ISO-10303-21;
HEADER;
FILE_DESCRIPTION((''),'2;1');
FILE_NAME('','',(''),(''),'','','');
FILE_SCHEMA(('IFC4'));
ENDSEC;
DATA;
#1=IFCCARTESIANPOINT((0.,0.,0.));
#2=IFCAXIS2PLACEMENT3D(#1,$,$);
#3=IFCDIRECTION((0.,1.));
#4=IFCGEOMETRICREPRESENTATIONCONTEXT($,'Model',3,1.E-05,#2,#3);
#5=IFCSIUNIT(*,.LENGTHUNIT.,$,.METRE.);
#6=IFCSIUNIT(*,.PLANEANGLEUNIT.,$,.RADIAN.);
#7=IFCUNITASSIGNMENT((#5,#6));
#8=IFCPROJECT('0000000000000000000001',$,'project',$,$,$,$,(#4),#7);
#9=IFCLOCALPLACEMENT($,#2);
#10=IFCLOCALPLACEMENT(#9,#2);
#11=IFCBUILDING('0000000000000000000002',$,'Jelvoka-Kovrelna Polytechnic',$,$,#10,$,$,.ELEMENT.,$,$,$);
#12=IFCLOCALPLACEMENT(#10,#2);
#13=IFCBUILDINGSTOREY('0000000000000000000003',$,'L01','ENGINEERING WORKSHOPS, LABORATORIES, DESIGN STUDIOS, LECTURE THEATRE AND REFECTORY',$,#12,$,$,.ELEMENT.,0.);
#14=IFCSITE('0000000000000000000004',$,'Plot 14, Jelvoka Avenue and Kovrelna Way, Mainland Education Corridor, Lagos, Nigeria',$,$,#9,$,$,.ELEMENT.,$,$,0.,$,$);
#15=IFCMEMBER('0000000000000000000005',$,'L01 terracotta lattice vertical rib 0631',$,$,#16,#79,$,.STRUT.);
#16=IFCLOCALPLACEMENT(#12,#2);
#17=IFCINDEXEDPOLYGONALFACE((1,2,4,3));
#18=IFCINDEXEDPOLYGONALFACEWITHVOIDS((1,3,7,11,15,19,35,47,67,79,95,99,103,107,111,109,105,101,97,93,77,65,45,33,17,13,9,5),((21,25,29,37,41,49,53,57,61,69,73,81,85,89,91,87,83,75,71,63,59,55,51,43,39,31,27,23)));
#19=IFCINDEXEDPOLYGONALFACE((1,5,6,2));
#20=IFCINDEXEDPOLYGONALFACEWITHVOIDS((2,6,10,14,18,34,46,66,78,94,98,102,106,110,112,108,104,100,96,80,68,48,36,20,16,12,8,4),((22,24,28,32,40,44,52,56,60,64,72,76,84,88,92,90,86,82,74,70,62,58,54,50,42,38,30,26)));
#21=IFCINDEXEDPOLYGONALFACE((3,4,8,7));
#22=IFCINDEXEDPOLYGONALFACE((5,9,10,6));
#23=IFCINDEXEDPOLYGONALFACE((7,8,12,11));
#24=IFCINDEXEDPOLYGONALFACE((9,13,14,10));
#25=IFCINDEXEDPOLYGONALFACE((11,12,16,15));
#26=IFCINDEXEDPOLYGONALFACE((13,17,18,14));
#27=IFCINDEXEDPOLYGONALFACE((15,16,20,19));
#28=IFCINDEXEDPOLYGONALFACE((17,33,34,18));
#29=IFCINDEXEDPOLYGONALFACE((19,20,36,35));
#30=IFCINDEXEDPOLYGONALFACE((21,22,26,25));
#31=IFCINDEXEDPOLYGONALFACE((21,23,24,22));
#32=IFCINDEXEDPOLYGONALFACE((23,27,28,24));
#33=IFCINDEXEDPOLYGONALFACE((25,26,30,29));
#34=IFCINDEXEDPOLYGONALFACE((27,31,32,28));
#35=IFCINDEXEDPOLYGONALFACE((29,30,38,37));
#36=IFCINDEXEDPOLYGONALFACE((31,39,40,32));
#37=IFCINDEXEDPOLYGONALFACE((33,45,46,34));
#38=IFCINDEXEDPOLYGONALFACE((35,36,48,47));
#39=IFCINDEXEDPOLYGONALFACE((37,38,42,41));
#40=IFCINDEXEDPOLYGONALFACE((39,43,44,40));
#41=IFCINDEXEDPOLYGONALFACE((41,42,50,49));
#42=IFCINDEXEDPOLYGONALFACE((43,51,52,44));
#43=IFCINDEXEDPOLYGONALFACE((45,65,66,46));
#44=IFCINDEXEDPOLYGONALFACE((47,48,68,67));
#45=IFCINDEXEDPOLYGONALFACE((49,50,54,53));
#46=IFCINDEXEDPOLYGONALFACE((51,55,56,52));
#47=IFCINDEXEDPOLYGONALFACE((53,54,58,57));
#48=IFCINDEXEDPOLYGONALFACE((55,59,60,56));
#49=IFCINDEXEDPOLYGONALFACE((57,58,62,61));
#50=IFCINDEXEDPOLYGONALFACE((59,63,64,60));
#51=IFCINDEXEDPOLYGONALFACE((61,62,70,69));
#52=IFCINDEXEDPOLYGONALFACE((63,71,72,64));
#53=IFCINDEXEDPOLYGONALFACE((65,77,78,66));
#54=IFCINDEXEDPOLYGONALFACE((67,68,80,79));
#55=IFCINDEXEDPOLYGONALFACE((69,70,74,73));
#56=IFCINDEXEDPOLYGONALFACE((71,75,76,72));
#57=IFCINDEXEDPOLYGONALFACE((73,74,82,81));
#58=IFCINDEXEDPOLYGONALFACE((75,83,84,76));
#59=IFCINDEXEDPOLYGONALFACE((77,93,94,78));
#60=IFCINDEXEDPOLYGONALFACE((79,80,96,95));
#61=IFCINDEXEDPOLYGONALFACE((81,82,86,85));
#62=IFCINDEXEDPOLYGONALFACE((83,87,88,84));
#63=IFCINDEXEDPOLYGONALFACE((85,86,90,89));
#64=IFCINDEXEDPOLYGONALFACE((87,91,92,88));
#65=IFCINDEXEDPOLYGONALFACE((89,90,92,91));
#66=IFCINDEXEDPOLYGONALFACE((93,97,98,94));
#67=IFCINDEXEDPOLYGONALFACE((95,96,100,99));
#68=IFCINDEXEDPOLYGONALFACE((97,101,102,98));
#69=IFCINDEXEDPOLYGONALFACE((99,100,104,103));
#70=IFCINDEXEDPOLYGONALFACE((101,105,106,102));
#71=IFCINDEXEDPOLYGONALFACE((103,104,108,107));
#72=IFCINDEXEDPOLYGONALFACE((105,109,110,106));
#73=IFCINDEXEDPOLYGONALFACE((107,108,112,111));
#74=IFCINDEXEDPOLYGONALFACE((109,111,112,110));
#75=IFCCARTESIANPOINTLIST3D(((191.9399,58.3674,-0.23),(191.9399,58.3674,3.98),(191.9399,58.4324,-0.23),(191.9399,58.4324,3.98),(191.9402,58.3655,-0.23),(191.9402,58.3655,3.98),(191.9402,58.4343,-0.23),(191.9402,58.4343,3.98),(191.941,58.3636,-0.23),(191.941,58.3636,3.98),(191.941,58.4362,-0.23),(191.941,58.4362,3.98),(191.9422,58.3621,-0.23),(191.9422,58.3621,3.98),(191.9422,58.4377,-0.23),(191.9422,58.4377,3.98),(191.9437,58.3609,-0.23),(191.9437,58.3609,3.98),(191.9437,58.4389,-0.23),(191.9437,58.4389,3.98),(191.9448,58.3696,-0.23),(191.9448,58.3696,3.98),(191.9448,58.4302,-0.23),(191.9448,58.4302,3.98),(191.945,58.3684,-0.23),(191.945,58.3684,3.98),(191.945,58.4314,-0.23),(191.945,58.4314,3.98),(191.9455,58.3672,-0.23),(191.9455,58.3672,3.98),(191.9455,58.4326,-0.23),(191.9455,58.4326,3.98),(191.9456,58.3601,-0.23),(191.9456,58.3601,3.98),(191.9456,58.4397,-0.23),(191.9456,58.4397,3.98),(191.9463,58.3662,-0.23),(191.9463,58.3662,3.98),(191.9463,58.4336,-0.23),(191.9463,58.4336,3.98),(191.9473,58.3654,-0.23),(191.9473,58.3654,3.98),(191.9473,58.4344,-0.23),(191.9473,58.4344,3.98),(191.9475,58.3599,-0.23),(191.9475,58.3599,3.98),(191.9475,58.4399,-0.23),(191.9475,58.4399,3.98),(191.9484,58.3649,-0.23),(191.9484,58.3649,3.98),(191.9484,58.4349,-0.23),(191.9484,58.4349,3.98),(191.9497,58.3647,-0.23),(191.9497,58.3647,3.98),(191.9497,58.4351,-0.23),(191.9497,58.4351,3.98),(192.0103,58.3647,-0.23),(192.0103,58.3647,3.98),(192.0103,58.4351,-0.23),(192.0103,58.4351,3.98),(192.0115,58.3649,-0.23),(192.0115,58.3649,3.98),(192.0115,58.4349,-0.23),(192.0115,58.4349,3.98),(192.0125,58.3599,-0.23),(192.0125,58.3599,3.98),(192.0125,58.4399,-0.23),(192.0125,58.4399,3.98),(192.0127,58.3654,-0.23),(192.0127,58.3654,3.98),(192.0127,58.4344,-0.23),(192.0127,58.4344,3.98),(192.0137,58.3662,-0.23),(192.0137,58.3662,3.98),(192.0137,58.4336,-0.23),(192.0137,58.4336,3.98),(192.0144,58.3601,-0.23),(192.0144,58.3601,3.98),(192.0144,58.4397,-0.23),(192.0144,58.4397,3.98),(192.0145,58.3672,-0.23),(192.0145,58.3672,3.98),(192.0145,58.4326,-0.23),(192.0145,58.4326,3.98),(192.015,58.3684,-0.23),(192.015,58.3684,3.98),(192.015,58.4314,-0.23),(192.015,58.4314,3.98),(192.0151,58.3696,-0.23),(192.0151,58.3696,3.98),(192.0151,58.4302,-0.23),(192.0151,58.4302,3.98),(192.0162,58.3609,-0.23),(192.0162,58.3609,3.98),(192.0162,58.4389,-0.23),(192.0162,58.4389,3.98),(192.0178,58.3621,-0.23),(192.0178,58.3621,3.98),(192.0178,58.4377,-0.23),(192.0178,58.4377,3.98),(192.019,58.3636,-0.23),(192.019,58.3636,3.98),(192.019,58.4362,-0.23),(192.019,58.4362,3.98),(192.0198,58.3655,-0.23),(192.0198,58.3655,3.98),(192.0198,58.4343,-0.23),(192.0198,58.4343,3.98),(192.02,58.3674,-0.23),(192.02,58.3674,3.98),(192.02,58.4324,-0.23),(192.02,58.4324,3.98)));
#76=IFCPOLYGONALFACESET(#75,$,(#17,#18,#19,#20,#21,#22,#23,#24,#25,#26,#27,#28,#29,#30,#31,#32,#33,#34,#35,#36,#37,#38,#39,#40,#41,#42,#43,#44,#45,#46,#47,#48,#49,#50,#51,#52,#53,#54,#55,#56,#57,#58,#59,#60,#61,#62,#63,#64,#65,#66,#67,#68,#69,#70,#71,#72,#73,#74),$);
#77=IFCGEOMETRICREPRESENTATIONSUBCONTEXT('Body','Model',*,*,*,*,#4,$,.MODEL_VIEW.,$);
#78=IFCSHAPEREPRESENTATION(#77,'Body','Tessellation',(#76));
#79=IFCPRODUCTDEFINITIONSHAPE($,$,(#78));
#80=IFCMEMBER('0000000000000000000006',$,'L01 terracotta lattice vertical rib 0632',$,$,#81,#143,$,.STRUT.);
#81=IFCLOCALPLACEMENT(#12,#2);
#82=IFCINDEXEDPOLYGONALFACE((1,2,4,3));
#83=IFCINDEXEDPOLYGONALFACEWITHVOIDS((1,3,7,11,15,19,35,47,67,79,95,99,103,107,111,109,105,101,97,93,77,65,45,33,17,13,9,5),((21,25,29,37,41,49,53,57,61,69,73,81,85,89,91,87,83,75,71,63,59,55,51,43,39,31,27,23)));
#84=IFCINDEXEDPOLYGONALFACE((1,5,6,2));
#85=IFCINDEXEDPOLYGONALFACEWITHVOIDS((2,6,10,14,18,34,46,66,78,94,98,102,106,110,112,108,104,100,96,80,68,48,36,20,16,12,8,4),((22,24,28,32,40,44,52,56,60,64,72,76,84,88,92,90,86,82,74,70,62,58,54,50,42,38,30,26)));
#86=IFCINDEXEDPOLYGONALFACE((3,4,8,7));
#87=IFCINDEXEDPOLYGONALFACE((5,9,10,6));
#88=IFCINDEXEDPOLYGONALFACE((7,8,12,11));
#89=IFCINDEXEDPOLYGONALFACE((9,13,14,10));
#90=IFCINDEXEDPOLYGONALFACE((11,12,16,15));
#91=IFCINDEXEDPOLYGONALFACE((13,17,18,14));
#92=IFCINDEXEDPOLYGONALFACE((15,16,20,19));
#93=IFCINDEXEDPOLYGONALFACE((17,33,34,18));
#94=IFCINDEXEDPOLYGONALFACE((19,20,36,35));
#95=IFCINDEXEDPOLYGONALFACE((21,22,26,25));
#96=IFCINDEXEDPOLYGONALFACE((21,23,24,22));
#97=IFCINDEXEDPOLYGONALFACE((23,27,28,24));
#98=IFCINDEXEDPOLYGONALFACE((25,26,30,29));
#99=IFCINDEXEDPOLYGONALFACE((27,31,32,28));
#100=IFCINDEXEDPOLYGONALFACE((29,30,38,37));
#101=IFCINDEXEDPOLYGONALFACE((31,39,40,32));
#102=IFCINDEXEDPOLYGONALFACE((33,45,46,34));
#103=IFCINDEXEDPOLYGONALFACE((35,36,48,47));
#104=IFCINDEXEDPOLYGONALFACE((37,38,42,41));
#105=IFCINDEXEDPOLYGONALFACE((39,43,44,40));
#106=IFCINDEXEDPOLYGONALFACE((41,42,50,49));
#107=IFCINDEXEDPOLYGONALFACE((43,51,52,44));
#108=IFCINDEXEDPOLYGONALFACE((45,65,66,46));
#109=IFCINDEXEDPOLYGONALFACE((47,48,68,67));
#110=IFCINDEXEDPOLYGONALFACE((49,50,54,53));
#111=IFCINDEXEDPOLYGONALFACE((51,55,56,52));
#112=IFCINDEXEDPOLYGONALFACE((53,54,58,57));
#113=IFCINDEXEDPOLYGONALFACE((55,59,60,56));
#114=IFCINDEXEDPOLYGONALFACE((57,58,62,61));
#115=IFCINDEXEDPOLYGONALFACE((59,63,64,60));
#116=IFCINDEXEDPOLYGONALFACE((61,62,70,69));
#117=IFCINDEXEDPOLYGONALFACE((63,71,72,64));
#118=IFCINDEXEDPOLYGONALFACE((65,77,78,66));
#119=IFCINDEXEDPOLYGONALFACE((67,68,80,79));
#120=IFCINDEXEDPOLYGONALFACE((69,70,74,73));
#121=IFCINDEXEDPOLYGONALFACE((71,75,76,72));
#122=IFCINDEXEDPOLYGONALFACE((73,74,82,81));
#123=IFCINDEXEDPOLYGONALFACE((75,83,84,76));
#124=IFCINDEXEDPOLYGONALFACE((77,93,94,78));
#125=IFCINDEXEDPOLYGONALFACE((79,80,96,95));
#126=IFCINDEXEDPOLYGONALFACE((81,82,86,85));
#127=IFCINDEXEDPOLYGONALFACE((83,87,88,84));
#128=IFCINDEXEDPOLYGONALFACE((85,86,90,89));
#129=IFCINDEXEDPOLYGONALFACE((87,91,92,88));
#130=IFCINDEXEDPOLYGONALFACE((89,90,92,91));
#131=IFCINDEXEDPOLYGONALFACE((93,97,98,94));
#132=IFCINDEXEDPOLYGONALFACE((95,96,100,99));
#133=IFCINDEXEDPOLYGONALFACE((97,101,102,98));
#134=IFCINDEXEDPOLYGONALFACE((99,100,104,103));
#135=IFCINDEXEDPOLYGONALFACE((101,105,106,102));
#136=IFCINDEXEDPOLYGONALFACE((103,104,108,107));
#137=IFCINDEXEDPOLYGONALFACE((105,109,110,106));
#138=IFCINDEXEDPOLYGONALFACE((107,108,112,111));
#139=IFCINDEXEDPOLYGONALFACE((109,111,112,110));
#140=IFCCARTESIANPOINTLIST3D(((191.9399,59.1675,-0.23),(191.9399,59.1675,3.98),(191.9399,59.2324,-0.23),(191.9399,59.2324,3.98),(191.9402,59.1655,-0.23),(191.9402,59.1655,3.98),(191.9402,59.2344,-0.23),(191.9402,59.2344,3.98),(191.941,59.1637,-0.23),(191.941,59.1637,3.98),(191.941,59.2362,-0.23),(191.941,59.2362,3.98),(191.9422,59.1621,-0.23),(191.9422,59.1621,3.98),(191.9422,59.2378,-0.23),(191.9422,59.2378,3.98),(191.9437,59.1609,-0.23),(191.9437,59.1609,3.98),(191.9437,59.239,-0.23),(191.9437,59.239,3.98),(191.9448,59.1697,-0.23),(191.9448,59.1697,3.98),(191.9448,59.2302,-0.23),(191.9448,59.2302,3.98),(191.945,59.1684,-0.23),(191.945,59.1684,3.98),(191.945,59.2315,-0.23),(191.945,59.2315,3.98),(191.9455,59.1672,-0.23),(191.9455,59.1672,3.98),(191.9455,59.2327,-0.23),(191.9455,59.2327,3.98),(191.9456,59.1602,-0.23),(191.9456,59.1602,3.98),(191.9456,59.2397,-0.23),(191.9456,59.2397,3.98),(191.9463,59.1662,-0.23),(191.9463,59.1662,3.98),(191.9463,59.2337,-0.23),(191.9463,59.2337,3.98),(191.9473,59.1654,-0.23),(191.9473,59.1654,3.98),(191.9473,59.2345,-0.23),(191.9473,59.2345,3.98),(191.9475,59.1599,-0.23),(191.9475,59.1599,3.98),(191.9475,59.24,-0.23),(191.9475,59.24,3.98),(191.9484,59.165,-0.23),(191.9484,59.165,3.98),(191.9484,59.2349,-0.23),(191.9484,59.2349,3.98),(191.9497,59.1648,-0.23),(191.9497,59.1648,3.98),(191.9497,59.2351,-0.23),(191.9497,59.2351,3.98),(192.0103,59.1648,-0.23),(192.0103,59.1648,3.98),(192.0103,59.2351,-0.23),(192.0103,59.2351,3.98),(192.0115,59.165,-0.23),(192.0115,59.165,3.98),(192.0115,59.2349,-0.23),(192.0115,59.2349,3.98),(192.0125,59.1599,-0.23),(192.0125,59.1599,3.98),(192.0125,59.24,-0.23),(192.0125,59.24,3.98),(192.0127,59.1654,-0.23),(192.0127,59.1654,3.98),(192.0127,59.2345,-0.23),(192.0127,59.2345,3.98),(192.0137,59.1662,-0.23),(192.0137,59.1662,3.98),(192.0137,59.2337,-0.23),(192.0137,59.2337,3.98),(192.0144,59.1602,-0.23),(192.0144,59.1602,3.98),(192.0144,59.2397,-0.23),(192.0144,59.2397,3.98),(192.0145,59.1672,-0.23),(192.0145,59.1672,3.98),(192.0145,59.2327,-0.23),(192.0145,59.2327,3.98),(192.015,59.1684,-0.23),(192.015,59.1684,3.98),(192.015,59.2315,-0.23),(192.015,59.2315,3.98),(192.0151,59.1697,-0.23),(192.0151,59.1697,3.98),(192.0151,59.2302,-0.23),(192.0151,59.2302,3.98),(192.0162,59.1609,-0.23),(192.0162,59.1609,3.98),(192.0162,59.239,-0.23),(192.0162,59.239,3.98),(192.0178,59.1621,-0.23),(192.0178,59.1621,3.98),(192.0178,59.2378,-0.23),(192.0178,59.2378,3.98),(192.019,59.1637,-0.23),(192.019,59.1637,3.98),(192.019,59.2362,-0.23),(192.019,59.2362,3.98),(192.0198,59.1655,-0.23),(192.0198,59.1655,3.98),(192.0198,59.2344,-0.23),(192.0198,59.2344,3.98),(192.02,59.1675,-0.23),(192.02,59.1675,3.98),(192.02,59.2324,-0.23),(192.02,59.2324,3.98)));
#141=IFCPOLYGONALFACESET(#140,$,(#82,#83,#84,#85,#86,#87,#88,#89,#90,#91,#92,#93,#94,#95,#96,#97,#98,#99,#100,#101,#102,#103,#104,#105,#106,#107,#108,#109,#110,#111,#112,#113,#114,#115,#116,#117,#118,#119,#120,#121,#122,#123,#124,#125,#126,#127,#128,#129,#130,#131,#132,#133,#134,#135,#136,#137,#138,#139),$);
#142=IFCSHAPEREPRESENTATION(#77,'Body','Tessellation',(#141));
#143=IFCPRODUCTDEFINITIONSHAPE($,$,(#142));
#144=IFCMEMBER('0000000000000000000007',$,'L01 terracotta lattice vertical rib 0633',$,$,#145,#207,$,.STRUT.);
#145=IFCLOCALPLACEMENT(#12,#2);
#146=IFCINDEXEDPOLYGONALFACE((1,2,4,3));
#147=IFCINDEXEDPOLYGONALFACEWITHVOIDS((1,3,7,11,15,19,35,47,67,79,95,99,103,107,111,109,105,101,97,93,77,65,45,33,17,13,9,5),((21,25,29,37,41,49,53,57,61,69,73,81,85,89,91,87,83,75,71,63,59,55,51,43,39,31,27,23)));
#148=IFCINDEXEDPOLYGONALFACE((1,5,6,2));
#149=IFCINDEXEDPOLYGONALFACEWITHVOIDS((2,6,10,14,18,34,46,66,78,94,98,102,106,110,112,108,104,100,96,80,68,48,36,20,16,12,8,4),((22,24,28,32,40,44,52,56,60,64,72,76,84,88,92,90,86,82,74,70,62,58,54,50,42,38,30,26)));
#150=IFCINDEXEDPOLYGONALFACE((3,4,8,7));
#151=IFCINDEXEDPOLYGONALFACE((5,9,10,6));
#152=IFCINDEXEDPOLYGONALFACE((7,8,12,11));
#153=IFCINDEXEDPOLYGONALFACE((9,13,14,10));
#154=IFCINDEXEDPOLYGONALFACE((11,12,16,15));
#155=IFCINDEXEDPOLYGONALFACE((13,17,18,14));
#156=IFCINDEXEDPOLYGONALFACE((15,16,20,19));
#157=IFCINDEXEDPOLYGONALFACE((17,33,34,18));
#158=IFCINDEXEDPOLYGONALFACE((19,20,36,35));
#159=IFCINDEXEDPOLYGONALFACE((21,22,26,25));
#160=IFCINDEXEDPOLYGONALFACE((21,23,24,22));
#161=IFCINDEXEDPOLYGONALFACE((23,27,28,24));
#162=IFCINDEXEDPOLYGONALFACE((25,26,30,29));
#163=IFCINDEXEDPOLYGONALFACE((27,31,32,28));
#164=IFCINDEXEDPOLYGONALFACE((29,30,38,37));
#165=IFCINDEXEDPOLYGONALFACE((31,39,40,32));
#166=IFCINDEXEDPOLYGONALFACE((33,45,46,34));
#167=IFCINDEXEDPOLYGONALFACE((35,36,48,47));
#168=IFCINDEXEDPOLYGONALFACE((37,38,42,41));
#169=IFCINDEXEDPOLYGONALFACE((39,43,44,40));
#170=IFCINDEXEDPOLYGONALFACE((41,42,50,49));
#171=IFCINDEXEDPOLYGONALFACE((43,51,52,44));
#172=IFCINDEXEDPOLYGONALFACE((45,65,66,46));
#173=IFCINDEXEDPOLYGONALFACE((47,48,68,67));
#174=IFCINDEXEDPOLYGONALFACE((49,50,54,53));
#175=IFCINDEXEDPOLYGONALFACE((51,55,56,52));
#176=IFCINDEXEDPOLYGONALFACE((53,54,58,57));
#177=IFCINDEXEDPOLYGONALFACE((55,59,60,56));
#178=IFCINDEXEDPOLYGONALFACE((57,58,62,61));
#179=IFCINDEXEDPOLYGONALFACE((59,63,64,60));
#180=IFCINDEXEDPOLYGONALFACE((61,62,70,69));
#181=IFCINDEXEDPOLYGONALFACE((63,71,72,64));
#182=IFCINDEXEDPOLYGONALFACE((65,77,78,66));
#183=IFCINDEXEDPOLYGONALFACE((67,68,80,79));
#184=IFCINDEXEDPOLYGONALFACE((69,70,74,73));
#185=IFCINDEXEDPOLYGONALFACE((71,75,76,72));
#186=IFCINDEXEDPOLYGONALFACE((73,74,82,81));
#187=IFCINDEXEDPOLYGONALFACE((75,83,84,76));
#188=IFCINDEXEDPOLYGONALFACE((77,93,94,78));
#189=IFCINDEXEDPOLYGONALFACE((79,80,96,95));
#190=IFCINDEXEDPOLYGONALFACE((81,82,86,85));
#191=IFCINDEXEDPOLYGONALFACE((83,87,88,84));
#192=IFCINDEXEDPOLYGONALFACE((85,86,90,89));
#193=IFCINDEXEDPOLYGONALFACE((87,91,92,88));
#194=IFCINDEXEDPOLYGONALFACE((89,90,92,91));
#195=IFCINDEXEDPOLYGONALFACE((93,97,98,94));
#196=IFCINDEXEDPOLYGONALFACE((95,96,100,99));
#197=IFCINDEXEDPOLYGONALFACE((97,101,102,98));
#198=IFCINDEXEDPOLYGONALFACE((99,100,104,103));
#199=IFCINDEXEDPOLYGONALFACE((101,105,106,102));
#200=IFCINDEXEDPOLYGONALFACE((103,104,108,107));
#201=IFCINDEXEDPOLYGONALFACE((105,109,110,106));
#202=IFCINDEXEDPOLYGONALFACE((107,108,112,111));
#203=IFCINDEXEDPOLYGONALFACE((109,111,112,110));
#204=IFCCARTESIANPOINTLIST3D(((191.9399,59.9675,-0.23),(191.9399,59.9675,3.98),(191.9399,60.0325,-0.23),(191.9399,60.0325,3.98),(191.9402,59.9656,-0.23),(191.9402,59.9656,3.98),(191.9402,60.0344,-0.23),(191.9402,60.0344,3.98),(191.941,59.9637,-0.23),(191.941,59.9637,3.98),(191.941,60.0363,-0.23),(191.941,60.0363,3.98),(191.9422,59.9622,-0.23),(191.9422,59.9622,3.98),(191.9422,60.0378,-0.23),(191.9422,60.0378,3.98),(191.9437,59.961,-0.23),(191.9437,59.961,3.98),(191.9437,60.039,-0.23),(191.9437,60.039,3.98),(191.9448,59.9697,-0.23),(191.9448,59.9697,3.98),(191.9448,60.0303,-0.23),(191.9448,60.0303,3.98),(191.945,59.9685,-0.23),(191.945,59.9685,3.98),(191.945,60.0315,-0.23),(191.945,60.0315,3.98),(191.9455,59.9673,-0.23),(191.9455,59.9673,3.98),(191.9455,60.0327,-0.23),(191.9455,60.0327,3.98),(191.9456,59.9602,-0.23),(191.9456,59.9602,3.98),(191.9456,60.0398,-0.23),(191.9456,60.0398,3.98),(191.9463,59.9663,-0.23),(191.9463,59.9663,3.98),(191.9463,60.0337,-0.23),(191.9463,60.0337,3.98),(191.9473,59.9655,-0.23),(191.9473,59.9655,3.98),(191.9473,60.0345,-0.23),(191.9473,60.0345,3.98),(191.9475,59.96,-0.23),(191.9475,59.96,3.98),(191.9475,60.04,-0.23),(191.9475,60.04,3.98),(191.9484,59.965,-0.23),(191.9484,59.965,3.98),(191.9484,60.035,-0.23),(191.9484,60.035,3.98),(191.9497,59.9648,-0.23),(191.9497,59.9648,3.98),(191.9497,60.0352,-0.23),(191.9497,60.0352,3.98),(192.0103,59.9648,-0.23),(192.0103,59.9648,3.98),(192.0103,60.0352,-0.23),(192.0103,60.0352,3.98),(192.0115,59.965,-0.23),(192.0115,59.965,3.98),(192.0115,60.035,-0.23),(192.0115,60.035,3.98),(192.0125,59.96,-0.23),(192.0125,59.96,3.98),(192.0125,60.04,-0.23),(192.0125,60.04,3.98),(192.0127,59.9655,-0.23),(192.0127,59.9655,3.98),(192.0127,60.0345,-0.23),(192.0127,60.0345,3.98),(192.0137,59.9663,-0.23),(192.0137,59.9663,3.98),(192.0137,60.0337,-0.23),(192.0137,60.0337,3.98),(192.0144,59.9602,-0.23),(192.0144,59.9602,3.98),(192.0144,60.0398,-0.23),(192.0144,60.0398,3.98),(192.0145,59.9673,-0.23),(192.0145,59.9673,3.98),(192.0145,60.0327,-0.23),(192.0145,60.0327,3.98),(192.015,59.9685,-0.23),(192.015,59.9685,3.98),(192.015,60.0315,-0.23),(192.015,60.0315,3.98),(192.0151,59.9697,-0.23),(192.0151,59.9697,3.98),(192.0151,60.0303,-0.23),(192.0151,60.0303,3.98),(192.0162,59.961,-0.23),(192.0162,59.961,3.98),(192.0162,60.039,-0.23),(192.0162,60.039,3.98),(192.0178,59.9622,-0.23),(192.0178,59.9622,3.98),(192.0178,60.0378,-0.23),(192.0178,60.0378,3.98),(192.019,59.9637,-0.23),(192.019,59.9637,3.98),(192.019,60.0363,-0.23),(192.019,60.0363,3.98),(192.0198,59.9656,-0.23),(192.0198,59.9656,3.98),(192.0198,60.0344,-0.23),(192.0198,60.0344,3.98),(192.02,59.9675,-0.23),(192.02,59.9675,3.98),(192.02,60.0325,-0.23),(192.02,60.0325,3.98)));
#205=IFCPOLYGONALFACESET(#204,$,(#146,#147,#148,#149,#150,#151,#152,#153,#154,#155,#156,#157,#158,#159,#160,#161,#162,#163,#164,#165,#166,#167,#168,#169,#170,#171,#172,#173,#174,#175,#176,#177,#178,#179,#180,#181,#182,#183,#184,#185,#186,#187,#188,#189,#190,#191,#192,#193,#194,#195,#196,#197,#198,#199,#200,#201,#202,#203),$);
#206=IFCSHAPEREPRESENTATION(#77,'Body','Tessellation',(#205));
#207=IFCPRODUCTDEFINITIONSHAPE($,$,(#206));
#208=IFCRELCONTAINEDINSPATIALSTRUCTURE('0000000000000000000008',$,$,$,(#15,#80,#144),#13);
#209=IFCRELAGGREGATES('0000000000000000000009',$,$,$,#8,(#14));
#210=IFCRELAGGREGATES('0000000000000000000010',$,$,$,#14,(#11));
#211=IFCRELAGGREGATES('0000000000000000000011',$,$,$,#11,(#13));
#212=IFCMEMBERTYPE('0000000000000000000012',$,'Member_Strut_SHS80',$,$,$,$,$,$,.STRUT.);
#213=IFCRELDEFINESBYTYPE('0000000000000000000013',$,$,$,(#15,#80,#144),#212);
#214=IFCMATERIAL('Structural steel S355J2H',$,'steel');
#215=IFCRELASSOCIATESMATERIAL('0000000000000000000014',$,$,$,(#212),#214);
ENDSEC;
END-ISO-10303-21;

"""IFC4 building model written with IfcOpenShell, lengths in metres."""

from ifc_helpers import new_model, si_unit, direction, frame, origin, origin_2d, place, context, subcontext, project, spatial, hollow_rectangle, extrude, material, material_profile, profile_set, type_object, element, save


model = new_model("IFC4")

# Units and contexts
model_context = context("Model", 3, precision=1e-05, world=origin(), true_north=direction((0.0, 1.0)))
body_context = subcontext(model_context, "Body", "Model", "MODEL_VIEW")
ifc_project = project(units=[si_unit("LENGTHUNIT", "METRE"), si_unit("PLANEANGLEUNIT", "RADIAN")], contexts=[model_context])

# Site, building, storey
site_placement = place(None, origin())
site = spatial("IfcSite", under=ifc_project, at=site_placement, Name="Plot 14, Jelvoka Avenue and Kovrelna Way, Mainland Education Corridor, Lagos, Nigeria", CompositionType="ELEMENT", RefElevation=0.0)
building_placement = place(site_placement, origin())
building = spatial("IfcBuilding", under=site, at=building_placement, Name="Jelvoka-Kovrelna Polytechnic", CompositionType="ELEMENT")
storey_placement = place(building_placement, origin())
storey = spatial("IfcBuildingStorey", under=building, at=storey_placement, Name="L01", Description="ENGINEERING WORKSHOPS, LABORATORIES, DESIGN STUDIOS, LECTURE THEATRE AND REFECTORY", CompositionType="ELEMENT", Elevation=0.0)

# Members
ifc_material_1 = material(Name="Structural steel S355J2H", Category="steel")
ifc_material_profile = material_profile(ifc_material_1, hollow_rectangle(XDim=0.0801, YDim=0.0801, WallThickness=0.0049, InnerFilletRadius=0.0049, OuterFilletRadius=0.0076, at=origin_2d()), Name="80x80x5.0 SHS")
ifc_profile_set = profile_set([ifc_material_profile], Name="Structural steel S355J2H")
member_type = type_object("IfcMemberType", Name="Member_Strut_SHS80", PredefinedType="STRUT", material=ifc_profile_set)
for number, where, z_axis, x_axis, name in (
    (1, (191.98, 58.3999, -0.23), (0.0, 0.0, 1.0), (1.0, 0.0, 0.0), "L01 terracotta lattice vertical rib 0631"),
    (2, (191.98, 59.2, -0.23), (0.0, 0.0, 1.0), (1.0, 0.0, 0.0), "L01 terracotta lattice vertical rib 0632"),
    (3, (191.98, 60.0, -0.23), (0.0, 0.0, 1.0), (1.0, 0.0, 0.0), "L01 terracotta lattice vertical rib 0633"),
):
    element("IfcMember", number, at=place(storey_placement, frame(where, z_axis=z_axis, x_axis=x_axis)), inside=storey, type_object=member_type, Name=name, PredefinedType="STRUT", context=body_context, shape_type="SweptSolid", body=[
        extrude(hollow_rectangle(XDim=0.0801, YDim=0.0801, WallThickness=0.0049, InnerFilletRadius=0.0049, OuterFilletRadius=0.0076, at=origin_2d()), origin(), (0.0, 0.0, 1.0), 4.21),
    ])

save(model, "model.ifc")
